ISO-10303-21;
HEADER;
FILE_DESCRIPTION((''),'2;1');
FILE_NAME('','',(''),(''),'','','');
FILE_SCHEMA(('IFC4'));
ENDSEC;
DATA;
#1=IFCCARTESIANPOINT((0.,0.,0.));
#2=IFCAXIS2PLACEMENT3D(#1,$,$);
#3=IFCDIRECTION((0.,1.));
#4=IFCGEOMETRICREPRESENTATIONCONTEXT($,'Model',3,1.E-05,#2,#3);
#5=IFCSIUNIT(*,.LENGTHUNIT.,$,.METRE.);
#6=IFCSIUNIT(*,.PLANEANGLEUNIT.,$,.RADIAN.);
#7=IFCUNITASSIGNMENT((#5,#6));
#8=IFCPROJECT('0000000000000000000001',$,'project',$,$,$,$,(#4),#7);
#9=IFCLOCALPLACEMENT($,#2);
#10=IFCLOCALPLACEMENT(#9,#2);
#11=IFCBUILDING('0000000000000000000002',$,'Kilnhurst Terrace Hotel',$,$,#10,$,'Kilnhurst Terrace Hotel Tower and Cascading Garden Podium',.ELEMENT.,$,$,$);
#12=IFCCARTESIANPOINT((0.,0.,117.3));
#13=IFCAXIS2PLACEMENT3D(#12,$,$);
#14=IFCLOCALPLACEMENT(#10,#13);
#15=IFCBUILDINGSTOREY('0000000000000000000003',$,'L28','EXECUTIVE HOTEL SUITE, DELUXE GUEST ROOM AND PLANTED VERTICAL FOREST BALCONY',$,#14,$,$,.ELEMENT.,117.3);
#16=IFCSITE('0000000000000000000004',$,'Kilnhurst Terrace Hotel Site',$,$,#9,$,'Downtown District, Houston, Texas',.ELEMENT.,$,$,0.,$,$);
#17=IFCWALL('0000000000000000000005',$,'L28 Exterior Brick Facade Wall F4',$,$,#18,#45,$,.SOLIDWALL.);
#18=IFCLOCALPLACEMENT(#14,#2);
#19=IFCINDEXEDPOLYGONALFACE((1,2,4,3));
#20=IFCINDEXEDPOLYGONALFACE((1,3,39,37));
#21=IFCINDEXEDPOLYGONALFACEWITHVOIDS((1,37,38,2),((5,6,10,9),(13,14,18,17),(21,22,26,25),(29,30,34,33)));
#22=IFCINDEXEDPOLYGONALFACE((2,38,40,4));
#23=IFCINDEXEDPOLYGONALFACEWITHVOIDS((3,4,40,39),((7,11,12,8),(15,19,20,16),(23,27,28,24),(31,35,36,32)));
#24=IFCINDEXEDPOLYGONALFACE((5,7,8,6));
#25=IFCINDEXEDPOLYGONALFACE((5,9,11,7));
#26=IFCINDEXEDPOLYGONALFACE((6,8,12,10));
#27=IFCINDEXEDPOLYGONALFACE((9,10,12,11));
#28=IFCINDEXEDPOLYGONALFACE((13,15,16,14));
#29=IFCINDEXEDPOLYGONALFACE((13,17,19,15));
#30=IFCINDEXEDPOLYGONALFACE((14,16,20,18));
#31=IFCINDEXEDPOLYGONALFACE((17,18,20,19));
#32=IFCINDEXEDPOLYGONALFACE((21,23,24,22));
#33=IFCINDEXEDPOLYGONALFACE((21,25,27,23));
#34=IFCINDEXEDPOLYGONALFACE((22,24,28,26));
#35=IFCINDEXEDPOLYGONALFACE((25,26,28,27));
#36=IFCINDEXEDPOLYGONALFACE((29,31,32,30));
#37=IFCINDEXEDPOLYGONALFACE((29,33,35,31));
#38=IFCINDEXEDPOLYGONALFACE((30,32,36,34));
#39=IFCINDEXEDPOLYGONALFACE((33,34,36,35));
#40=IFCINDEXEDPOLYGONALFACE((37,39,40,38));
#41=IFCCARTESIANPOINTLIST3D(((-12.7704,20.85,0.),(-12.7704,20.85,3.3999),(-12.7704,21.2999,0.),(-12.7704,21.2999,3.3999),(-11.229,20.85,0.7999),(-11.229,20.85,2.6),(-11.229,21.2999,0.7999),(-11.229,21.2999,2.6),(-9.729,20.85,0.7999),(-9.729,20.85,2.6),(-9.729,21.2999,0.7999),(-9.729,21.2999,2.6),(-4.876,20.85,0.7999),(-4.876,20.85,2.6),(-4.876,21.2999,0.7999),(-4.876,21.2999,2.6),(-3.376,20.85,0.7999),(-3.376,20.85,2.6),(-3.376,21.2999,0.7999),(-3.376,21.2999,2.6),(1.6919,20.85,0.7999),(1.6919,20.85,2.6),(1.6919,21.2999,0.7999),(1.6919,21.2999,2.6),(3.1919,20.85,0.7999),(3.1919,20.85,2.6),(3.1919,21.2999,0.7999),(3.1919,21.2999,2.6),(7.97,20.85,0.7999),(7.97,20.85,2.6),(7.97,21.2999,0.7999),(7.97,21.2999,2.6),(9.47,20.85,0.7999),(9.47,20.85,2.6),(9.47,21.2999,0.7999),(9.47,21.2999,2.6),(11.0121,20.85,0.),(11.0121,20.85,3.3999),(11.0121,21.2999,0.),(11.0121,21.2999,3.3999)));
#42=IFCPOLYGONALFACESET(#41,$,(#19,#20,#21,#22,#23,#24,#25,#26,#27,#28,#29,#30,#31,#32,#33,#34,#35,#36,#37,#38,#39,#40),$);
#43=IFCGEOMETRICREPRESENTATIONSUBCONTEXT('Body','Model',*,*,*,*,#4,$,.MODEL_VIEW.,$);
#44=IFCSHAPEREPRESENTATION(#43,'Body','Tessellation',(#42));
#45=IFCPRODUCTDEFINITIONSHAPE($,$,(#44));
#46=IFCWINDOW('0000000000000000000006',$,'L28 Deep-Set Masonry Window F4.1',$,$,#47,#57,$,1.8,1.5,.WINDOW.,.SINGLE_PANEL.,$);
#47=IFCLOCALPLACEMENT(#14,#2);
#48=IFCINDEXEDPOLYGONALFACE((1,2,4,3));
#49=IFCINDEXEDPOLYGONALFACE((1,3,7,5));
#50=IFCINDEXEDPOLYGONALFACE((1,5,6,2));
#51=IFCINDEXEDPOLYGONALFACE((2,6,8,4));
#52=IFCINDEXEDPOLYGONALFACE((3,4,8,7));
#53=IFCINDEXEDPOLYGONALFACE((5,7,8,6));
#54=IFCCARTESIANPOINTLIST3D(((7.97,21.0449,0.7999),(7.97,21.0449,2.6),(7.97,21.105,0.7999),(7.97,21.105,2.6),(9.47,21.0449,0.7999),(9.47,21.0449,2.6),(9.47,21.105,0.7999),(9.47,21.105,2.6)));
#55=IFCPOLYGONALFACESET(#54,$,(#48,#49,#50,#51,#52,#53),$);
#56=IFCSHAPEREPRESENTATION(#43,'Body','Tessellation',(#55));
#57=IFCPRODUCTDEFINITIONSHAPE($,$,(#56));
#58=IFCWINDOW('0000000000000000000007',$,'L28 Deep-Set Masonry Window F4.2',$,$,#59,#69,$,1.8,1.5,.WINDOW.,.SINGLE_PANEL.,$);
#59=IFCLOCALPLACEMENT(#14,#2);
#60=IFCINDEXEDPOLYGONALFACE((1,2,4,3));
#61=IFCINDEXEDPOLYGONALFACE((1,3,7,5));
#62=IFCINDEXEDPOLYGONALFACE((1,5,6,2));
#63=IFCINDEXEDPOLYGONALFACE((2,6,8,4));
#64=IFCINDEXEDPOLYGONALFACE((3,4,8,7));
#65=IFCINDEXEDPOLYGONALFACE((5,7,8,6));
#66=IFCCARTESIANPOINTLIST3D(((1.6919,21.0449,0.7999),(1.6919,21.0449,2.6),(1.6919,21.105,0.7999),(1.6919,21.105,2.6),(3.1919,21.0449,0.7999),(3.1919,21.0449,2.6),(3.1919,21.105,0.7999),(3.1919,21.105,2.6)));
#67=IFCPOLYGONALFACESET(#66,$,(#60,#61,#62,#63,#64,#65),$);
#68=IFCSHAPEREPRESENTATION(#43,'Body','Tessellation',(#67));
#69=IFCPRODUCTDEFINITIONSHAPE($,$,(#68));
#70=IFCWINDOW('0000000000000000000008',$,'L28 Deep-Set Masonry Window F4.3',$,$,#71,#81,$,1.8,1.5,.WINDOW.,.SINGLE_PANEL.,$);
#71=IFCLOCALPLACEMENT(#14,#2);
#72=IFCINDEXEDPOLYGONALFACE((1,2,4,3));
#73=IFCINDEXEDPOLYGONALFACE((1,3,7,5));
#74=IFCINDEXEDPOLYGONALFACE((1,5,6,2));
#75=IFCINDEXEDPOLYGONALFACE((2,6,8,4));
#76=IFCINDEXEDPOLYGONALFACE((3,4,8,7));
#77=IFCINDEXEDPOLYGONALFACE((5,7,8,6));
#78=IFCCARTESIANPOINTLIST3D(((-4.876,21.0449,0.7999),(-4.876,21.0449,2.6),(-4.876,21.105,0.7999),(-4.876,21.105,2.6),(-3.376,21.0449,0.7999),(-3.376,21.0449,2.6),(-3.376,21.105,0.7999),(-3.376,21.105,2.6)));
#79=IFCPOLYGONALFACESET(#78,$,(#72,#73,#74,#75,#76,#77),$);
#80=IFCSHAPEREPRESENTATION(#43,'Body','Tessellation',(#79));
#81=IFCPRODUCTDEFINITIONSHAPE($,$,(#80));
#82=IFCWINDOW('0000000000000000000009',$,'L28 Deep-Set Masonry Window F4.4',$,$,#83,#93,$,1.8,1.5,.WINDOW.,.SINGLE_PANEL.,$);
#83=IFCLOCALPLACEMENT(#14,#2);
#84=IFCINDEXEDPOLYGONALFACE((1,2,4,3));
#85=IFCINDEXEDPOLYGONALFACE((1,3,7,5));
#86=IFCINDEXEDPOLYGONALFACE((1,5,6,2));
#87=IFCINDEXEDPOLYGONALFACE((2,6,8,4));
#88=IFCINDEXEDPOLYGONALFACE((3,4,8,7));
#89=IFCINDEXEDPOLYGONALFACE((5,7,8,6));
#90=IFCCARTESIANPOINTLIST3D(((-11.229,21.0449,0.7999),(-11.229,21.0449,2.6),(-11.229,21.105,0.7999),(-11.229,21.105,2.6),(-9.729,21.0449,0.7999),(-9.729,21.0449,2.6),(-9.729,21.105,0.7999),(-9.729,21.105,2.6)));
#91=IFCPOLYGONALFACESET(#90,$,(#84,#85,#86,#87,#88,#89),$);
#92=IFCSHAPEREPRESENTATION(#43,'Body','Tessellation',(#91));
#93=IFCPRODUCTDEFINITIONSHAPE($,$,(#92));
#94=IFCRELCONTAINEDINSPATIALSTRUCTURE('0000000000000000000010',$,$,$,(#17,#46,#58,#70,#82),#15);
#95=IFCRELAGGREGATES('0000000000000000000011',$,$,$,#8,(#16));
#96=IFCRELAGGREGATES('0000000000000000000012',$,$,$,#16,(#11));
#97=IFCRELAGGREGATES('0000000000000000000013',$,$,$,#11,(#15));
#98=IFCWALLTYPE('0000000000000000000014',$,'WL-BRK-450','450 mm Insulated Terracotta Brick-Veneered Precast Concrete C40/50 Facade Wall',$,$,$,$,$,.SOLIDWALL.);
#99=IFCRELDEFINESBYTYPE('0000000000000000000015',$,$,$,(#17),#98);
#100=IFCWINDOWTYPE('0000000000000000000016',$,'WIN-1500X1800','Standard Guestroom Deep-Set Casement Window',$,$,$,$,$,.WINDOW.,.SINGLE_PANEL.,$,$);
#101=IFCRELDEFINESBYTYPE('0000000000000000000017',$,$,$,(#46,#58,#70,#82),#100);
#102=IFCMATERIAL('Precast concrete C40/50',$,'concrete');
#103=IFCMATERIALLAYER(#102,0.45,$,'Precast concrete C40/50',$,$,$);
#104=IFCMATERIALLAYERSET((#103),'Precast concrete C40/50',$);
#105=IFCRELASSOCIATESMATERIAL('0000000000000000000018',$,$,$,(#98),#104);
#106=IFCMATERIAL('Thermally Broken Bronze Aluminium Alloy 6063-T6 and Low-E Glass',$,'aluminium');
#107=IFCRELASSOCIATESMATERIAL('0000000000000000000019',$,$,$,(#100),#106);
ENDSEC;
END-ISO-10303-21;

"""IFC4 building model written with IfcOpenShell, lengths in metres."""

from ifc_helpers import new_model, si_unit, direction, frame, frame_2d, origin, place, context, subcontext, project, spatial, rectangle, extrude, material, layer, layer_set, type_object, element, fill, save


model = new_model("IFC4")

# Units and contexts
model_context = context("Model", 3, precision=1e-05, world=origin(), true_north=direction((0.0, 1.0)))
body_context = subcontext(model_context, "Body", "Model", "MODEL_VIEW")
ifc_project = project(units=[si_unit("LENGTHUNIT", "METRE"), si_unit("PLANEANGLEUNIT", "RADIAN")], contexts=[model_context])

# Site, building, storey
site_placement = place(None, origin())
site = spatial("IfcSite", under=ifc_project, at=site_placement, Name="Kilnhurst Terrace Hotel Site", LongName="Downtown District, Houston, Texas", CompositionType="ELEMENT", RefElevation=0.0)
building_placement = place(site_placement, origin())
building = spatial("IfcBuilding", under=site, at=building_placement, Name="Kilnhurst Terrace Hotel", LongName="Kilnhurst Terrace Hotel Tower and Cascading Garden Podium", CompositionType="ELEMENT")
storey_placement = place(building_placement, frame((0.0, 0.0, 117.3)))
storey = spatial("IfcBuildingStorey", under=building, at=storey_placement, Name="L28", Description="EXECUTIVE HOTEL SUITE, DELUXE GUEST ROOM AND PLANTED VERTICAL FOREST BALCONY", CompositionType="ELEMENT", Elevation=117.3)

# Shared definitions
ifc_material_1 = material(Name="Precast concrete C40/50", Category="concrete")
ifc_layer_1 = layer(ifc_material_1, 0.45, Name="Precast concrete C40/50")
ifc_layer_set_1 = layer_set([ifc_layer_1], Name="Precast concrete C40/50")
wall_type_1 = type_object("IfcWallType", Name="WL-BRK-450", Description="450 mm Insulated Terracotta Brick-Veneered Precast Concrete C40/50 Facade Wall", PredefinedType="SOLIDWALL", material=ifc_layer_set_1)

# Wall, openings, windows
wall_1_placement = place(storey_placement, frame((11.012, 21.075, 0.0), z_axis=(0.0, 0.0, 1.0), x_axis=(-1.0, 0.0, 0.0)))
wall_1 = element("IfcWall", 1, at=wall_1_placement, inside=storey, type_object=wall_type_1, Name="L28 Exterior Brick Facade Wall F4", PredefinedType="SOLIDWALL", context=body_context, shape_type="SweptSolid", body=[
    extrude(rectangle(XDim=23.7825, YDim=0.45, at=frame_2d((11.8911, 0.0))), origin(), (0.0, 0.0, 1.0), 3.3999),
])
opening_1_placement = place(wall_1_placement, frame((1.542, 0.0, 0.8)))
opening_1 = element("IfcOpeningElement", 2, at=opening_1_placement, cuts=wall_1, PredefinedType="OPENING", context=body_context, shape_type="SweptSolid", body=[
    extrude(rectangle(XDim=1.5, YDim=1.8, at=frame_2d((0.75, 0.8999))), frame((0.0, 0.2349, 0.0), z_axis=(0.0, -1.0, 0.0), x_axis=(1.0, 0.0, 0.0)), (0.0, 0.0, 1.0), 0.47),
])
opening_2_placement = place(wall_1_placement, frame((7.8201, 0.0, 0.8)))
opening_2 = element("IfcOpeningElement", 3, at=opening_2_placement, cuts=wall_1, PredefinedType="OPENING", context=body_context, shape_type="SweptSolid", body=[
    extrude(rectangle(XDim=1.5, YDim=1.8, at=frame_2d((0.75, 0.8999))), frame((0.0, 0.2349, 0.0), z_axis=(0.0, -1.0, 0.0), x_axis=(1.0, 0.0, 0.0)), (0.0, 0.0, 1.0), 0.47),
])
opening_3_placement = place(wall_1_placement, frame((14.3879, 0.0, 0.8)))
opening_3 = element("IfcOpeningElement", 4, at=opening_3_placement, cuts=wall_1, PredefinedType="OPENING", context=body_context, shape_type="SweptSolid", body=[
    extrude(rectangle(XDim=1.5, YDim=1.8, at=frame_2d((0.75, 0.8999))), frame((0.0, 0.2349, 0.0), z_axis=(0.0, -1.0, 0.0), x_axis=(1.0, 0.0, 0.0)), (0.0, 0.0, 1.0), 0.47),
])
opening_4_placement = place(wall_1_placement, frame((20.741, 0.0, 0.8)))
opening_4 = element("IfcOpeningElement", 5, at=opening_4_placement, cuts=wall_1, PredefinedType="OPENING", context=body_context, shape_type="SweptSolid", body=[
    extrude(rectangle(XDim=1.5, YDim=1.8, at=frame_2d((0.75, 0.8999))), frame((0.0, 0.2349, 0.0), z_axis=(0.0, -1.0, 0.0), x_axis=(1.0, 0.0, 0.0)), (0.0, 0.0, 1.0), 0.47),
])
ifc_material_2 = material(Name="Thermally Broken Bronze Aluminium Alloy 6063-T6 and Low-E Glass", Category="aluminium")
window_type = type_object("IfcWindowType", Name="WIN-1500X1800", Description="Standard Guestroom Deep-Set Casement Window", PartitioningType="SINGLE_PANEL", PredefinedType="WINDOW", material=ifc_material_2)
window_1_placement = place(opening_1_placement, origin())
window_1 = element("IfcWindow", 6, at=window_1_placement, inside=storey, type_object=window_type, Name="L28 Deep-Set Masonry Window F4.1", OverallHeight=1.8, OverallWidth=1.5, PartitioningType="SINGLE_PANEL", PredefinedType="WINDOW", context=body_context, shape_type="SweptSolid", body=[
    extrude(rectangle(XDim=1.5, YDim=1.8, at=frame_2d((0.75, 0.8999))), frame((0.0, 0.03, 0.0), z_axis=(0.0, -1.0, 0.0), x_axis=(1.0, 0.0, 0.0)), (0.0, 0.0, 1.0), 0.0601),
])
fill(opening_1, window_1)
window_2_placement = place(opening_2_placement, origin())
window_2 = element("IfcWindow", 7, at=window_2_placement, inside=storey, type_object=window_type, Name="L28 Deep-Set Masonry Window F4.2", OverallHeight=1.8, OverallWidth=1.5, PartitioningType="SINGLE_PANEL", PredefinedType="WINDOW", context=body_context, shape_type="SweptSolid", body=[
    extrude(rectangle(XDim=1.5, YDim=1.8, at=frame_2d((0.75, 0.8999))), frame((0.0, 0.03, 0.0), z_axis=(0.0, -1.0, 0.0), x_axis=(1.0, 0.0, 0.0)), (0.0, 0.0, 1.0), 0.0601),
])
fill(opening_2, window_2)
window_3_placement = place(opening_3_placement, origin())
window_3 = element("IfcWindow", 8, at=window_3_placement, inside=storey, type_object=window_type, Name="L28 Deep-Set Masonry Window F4.3", OverallHeight=1.8, OverallWidth=1.5, PartitioningType="SINGLE_PANEL", PredefinedType="WINDOW", context=body_context, shape_type="SweptSolid", body=[
    extrude(rectangle(XDim=1.5, YDim=1.8, at=frame_2d((0.75, 0.8999))), frame((0.0, 0.03, 0.0), z_axis=(0.0, -1.0, 0.0), x_axis=(1.0, 0.0, 0.0)), (0.0, 0.0, 1.0), 0.0601),
])
fill(opening_3, window_3)
window_4_placement = place(opening_4_placement, origin())
window_4 = element("IfcWindow", 9, at=window_4_placement, inside=storey, type_object=window_type, Name="L28 Deep-Set Masonry Window F4.4", OverallHeight=1.8, OverallWidth=1.5, PartitioningType="SINGLE_PANEL", PredefinedType="WINDOW", context=body_context, shape_type="SweptSolid", body=[
    extrude(rectangle(XDim=1.5, YDim=1.8, at=frame_2d((0.75, 0.8999))), frame((0.0, 0.03, 0.0), z_axis=(0.0, -1.0, 0.0), x_axis=(1.0, 0.0, 0.0)), (0.0, 0.0, 1.0), 0.0601),
])
fill(opening_4, window_4)

save(model, "model.ifc")
